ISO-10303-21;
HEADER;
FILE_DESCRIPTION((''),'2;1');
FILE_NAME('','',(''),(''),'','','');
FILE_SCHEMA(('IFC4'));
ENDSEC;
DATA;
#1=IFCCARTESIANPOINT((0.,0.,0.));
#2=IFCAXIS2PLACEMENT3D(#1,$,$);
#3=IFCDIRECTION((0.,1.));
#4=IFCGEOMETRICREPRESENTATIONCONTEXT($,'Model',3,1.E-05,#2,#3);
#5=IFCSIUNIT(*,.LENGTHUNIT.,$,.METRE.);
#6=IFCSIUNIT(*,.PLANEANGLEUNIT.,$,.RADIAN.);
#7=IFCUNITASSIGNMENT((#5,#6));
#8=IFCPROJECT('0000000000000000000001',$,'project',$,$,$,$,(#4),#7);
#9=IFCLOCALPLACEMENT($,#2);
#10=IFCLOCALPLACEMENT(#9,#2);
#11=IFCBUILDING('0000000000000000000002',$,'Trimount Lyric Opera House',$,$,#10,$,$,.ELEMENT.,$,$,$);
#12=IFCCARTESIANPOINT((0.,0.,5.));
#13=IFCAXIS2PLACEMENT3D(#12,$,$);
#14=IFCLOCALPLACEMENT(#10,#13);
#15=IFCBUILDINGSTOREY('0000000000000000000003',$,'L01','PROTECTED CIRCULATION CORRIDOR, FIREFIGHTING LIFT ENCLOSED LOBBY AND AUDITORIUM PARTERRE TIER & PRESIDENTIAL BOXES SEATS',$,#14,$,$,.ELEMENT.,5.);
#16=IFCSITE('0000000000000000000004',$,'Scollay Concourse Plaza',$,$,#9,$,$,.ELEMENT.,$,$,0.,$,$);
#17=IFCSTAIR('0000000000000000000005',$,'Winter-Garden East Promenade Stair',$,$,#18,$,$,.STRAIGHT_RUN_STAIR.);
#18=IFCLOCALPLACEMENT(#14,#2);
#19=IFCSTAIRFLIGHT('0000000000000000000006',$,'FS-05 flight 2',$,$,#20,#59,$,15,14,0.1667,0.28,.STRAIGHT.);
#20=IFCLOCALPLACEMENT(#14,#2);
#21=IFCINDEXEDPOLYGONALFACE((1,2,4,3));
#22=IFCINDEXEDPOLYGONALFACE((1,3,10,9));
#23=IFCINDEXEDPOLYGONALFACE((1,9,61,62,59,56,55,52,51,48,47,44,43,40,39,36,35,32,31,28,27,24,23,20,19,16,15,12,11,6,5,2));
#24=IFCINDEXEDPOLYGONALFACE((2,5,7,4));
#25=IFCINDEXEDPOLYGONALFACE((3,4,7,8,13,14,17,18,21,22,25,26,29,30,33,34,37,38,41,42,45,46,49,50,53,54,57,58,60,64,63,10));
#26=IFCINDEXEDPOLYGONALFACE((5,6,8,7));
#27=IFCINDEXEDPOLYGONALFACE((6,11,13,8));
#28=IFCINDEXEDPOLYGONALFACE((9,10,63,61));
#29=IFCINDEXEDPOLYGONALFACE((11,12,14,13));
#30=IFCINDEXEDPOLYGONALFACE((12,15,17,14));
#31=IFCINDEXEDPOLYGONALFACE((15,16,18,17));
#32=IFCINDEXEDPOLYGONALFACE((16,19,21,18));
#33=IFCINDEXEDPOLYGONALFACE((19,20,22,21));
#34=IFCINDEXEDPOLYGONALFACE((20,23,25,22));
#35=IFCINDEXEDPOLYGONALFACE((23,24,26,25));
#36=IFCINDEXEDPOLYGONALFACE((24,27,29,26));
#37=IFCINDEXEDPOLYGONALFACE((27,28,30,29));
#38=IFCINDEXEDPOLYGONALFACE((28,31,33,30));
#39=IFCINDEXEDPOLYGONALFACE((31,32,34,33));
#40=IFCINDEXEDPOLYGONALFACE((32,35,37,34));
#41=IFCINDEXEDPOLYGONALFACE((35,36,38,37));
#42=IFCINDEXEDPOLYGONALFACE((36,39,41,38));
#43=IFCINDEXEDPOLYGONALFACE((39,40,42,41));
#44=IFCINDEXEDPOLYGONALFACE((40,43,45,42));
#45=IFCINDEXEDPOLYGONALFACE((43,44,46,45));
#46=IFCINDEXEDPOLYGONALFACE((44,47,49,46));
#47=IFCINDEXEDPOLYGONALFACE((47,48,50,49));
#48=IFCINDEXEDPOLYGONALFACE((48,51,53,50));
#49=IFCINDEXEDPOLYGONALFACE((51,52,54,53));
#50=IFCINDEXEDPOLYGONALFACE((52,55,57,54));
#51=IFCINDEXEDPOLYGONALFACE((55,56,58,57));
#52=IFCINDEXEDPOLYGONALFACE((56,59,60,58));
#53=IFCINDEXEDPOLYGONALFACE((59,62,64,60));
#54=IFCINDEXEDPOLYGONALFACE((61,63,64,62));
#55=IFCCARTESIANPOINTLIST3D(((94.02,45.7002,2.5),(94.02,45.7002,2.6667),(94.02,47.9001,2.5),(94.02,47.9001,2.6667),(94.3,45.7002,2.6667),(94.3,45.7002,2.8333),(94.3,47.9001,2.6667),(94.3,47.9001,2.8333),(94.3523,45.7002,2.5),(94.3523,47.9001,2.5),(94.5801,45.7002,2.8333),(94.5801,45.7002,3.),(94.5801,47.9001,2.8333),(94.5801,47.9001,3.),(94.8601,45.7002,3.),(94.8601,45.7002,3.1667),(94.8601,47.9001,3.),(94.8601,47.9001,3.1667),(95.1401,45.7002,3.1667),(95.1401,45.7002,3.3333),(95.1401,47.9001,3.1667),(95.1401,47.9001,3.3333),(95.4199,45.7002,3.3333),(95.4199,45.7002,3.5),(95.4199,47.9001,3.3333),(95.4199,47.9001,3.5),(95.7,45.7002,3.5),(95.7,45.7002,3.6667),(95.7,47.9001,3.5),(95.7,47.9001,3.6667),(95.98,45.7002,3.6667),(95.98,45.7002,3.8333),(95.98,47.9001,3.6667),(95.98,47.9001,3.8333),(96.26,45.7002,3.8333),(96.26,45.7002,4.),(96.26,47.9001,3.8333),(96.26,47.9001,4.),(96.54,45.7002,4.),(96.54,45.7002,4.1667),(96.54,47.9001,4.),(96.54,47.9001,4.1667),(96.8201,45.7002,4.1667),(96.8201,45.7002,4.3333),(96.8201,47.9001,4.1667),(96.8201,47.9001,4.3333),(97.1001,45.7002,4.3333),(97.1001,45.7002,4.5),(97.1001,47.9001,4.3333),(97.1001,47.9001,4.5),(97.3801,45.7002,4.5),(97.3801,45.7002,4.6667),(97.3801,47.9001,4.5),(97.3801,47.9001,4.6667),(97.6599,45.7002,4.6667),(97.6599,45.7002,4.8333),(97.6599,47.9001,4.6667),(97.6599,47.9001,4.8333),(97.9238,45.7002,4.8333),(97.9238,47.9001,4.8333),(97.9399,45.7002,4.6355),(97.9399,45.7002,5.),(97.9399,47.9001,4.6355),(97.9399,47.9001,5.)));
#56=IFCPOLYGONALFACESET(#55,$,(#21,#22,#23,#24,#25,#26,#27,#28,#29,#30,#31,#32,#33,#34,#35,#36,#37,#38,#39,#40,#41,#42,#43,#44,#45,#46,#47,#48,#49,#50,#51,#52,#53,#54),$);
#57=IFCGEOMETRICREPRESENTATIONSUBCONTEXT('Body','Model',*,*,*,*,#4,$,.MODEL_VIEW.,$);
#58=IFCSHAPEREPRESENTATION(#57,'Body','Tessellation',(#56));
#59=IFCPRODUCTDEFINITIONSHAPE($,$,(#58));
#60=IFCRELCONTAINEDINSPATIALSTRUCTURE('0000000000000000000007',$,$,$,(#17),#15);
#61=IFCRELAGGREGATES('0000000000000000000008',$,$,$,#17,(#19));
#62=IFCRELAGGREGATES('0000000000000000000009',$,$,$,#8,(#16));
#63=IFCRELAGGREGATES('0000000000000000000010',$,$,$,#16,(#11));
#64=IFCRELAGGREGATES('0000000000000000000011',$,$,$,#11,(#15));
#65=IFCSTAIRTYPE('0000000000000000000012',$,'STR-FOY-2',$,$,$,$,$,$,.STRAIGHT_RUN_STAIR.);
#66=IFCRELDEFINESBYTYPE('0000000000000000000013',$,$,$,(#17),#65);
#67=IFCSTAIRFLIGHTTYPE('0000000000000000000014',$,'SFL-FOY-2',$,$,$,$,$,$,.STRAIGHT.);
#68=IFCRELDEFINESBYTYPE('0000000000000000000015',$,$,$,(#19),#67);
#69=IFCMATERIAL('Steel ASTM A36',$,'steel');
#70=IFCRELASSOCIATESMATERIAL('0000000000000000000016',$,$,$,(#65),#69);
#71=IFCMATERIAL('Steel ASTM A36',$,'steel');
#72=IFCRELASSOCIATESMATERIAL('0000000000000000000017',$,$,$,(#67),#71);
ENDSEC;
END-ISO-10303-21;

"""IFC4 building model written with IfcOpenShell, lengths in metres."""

from ifc_helpers import new_model, si_unit, direction, frame, origin, place, context, subcontext, project, spatial, polyline, outline, extrude, material, type_object, element, aggregate, save


model = new_model("IFC4")

# Units and contexts
model_context = context("Model", 3, precision=1e-05, world=origin(), true_north=direction((0.0, 1.0)))
body_context = subcontext(model_context, "Body", "Model", "MODEL_VIEW")
ifc_project = project(units=[si_unit("LENGTHUNIT", "METRE"), si_unit("PLANEANGLEUNIT", "RADIAN")], contexts=[model_context])

# Site, building, storey
site_placement = place(None, origin())
site = spatial("IfcSite", under=ifc_project, at=site_placement, Name="Scollay Concourse Plaza", CompositionType="ELEMENT", RefElevation=0.0)
building_placement = place(site_placement, origin())
building = spatial("IfcBuilding", under=site, at=building_placement, Name="Trimount Lyric Opera House", CompositionType="ELEMENT")
storey_placement = place(building_placement, frame((0.0, 0.0, 5.0)))
storey = spatial("IfcBuildingStorey", under=building, at=storey_placement, Name="L01", Description="PROTECTED CIRCULATION CORRIDOR, FIREFIGHTING LIFT ENCLOSED LOBBY AND AUDITORIUM PARTERRE TIER & PRESIDENTIAL BOXES SEATS", CompositionType="ELEMENT", Elevation=5.0)

# Stair, stair flight
ifc_material_1 = material(Name="Steel ASTM A36", Category="steel")
stair_type = type_object("IfcStairType", Name="STR-FOY-2", PredefinedType="STRAIGHT_RUN_STAIR", material=ifc_material_1)
stair_placement = place(storey_placement, origin())
stair = element("IfcStair", 1, at=stair_placement, inside=storey, type_object=stair_type, Name="Winter-Garden East Promenade Stair", PredefinedType="STRAIGHT_RUN_STAIR")
ifc_material_2 = material(Name="Steel ASTM A36", Category="steel")
stair_flight_type = type_object("IfcStairFlightType", Name="SFL-FOY-2", PredefinedType="STRAIGHT", material=ifc_material_2)
stair_flight_placement = place(storey_placement, frame((94.02, 46.8, 2.5), z_axis=(0.0, 0.0, 1.0), x_axis=(1.0, 0.0, 0.0)))
stair_flight = element("IfcStairFlight", 2, at=stair_flight_placement, type_object=stair_flight_type, Name="FS-05 flight 2", NumberOfRisers=15, NumberOfTreads=14, PredefinedType="STRAIGHT", RiserHeight=0.1667, TreadLength=0.28, context=body_context, shape_type="SweptSolid", body=[
    extrude(outline(polyline([(0.0, 0.0), (0.0, 0.1667), (0.28, 0.1667), (0.28, 0.3333), (0.5601, 0.3333), (0.5601, 0.5), (0.8401, 0.5), (0.8401, 0.6667), (1.1201, 0.6667), (1.1201, 0.8333), (1.3999, 0.8333), (1.3999, 1.0), (1.6799, 1.0), (1.6799, 1.1667), (1.96, 1.1667), (1.96, 1.3333), (2.24, 1.3333), (2.24, 1.5), (2.52, 1.5), (2.52, 1.6667), (2.8, 1.6667), (2.8, 1.8333), (3.0801, 1.8333), (3.0801, 2.0), (3.3601, 2.0), (3.3601, 2.1667), (3.6399, 2.1667), (3.6399, 2.3333), (3.9038, 2.3333), (3.9199, 2.5), (3.9199, 2.1355), (0.3323, 0.0), (0.0, 0.0)])), frame((0.0, 1.1001, 0.0), z_axis=(0.0, -1.0, 0.0), x_axis=(1.0, 0.0, 0.0)), (0.0, 0.0, 1.0), 2.2),
])
aggregate(stair, [stair_flight])

save(model, "model.ifc")
